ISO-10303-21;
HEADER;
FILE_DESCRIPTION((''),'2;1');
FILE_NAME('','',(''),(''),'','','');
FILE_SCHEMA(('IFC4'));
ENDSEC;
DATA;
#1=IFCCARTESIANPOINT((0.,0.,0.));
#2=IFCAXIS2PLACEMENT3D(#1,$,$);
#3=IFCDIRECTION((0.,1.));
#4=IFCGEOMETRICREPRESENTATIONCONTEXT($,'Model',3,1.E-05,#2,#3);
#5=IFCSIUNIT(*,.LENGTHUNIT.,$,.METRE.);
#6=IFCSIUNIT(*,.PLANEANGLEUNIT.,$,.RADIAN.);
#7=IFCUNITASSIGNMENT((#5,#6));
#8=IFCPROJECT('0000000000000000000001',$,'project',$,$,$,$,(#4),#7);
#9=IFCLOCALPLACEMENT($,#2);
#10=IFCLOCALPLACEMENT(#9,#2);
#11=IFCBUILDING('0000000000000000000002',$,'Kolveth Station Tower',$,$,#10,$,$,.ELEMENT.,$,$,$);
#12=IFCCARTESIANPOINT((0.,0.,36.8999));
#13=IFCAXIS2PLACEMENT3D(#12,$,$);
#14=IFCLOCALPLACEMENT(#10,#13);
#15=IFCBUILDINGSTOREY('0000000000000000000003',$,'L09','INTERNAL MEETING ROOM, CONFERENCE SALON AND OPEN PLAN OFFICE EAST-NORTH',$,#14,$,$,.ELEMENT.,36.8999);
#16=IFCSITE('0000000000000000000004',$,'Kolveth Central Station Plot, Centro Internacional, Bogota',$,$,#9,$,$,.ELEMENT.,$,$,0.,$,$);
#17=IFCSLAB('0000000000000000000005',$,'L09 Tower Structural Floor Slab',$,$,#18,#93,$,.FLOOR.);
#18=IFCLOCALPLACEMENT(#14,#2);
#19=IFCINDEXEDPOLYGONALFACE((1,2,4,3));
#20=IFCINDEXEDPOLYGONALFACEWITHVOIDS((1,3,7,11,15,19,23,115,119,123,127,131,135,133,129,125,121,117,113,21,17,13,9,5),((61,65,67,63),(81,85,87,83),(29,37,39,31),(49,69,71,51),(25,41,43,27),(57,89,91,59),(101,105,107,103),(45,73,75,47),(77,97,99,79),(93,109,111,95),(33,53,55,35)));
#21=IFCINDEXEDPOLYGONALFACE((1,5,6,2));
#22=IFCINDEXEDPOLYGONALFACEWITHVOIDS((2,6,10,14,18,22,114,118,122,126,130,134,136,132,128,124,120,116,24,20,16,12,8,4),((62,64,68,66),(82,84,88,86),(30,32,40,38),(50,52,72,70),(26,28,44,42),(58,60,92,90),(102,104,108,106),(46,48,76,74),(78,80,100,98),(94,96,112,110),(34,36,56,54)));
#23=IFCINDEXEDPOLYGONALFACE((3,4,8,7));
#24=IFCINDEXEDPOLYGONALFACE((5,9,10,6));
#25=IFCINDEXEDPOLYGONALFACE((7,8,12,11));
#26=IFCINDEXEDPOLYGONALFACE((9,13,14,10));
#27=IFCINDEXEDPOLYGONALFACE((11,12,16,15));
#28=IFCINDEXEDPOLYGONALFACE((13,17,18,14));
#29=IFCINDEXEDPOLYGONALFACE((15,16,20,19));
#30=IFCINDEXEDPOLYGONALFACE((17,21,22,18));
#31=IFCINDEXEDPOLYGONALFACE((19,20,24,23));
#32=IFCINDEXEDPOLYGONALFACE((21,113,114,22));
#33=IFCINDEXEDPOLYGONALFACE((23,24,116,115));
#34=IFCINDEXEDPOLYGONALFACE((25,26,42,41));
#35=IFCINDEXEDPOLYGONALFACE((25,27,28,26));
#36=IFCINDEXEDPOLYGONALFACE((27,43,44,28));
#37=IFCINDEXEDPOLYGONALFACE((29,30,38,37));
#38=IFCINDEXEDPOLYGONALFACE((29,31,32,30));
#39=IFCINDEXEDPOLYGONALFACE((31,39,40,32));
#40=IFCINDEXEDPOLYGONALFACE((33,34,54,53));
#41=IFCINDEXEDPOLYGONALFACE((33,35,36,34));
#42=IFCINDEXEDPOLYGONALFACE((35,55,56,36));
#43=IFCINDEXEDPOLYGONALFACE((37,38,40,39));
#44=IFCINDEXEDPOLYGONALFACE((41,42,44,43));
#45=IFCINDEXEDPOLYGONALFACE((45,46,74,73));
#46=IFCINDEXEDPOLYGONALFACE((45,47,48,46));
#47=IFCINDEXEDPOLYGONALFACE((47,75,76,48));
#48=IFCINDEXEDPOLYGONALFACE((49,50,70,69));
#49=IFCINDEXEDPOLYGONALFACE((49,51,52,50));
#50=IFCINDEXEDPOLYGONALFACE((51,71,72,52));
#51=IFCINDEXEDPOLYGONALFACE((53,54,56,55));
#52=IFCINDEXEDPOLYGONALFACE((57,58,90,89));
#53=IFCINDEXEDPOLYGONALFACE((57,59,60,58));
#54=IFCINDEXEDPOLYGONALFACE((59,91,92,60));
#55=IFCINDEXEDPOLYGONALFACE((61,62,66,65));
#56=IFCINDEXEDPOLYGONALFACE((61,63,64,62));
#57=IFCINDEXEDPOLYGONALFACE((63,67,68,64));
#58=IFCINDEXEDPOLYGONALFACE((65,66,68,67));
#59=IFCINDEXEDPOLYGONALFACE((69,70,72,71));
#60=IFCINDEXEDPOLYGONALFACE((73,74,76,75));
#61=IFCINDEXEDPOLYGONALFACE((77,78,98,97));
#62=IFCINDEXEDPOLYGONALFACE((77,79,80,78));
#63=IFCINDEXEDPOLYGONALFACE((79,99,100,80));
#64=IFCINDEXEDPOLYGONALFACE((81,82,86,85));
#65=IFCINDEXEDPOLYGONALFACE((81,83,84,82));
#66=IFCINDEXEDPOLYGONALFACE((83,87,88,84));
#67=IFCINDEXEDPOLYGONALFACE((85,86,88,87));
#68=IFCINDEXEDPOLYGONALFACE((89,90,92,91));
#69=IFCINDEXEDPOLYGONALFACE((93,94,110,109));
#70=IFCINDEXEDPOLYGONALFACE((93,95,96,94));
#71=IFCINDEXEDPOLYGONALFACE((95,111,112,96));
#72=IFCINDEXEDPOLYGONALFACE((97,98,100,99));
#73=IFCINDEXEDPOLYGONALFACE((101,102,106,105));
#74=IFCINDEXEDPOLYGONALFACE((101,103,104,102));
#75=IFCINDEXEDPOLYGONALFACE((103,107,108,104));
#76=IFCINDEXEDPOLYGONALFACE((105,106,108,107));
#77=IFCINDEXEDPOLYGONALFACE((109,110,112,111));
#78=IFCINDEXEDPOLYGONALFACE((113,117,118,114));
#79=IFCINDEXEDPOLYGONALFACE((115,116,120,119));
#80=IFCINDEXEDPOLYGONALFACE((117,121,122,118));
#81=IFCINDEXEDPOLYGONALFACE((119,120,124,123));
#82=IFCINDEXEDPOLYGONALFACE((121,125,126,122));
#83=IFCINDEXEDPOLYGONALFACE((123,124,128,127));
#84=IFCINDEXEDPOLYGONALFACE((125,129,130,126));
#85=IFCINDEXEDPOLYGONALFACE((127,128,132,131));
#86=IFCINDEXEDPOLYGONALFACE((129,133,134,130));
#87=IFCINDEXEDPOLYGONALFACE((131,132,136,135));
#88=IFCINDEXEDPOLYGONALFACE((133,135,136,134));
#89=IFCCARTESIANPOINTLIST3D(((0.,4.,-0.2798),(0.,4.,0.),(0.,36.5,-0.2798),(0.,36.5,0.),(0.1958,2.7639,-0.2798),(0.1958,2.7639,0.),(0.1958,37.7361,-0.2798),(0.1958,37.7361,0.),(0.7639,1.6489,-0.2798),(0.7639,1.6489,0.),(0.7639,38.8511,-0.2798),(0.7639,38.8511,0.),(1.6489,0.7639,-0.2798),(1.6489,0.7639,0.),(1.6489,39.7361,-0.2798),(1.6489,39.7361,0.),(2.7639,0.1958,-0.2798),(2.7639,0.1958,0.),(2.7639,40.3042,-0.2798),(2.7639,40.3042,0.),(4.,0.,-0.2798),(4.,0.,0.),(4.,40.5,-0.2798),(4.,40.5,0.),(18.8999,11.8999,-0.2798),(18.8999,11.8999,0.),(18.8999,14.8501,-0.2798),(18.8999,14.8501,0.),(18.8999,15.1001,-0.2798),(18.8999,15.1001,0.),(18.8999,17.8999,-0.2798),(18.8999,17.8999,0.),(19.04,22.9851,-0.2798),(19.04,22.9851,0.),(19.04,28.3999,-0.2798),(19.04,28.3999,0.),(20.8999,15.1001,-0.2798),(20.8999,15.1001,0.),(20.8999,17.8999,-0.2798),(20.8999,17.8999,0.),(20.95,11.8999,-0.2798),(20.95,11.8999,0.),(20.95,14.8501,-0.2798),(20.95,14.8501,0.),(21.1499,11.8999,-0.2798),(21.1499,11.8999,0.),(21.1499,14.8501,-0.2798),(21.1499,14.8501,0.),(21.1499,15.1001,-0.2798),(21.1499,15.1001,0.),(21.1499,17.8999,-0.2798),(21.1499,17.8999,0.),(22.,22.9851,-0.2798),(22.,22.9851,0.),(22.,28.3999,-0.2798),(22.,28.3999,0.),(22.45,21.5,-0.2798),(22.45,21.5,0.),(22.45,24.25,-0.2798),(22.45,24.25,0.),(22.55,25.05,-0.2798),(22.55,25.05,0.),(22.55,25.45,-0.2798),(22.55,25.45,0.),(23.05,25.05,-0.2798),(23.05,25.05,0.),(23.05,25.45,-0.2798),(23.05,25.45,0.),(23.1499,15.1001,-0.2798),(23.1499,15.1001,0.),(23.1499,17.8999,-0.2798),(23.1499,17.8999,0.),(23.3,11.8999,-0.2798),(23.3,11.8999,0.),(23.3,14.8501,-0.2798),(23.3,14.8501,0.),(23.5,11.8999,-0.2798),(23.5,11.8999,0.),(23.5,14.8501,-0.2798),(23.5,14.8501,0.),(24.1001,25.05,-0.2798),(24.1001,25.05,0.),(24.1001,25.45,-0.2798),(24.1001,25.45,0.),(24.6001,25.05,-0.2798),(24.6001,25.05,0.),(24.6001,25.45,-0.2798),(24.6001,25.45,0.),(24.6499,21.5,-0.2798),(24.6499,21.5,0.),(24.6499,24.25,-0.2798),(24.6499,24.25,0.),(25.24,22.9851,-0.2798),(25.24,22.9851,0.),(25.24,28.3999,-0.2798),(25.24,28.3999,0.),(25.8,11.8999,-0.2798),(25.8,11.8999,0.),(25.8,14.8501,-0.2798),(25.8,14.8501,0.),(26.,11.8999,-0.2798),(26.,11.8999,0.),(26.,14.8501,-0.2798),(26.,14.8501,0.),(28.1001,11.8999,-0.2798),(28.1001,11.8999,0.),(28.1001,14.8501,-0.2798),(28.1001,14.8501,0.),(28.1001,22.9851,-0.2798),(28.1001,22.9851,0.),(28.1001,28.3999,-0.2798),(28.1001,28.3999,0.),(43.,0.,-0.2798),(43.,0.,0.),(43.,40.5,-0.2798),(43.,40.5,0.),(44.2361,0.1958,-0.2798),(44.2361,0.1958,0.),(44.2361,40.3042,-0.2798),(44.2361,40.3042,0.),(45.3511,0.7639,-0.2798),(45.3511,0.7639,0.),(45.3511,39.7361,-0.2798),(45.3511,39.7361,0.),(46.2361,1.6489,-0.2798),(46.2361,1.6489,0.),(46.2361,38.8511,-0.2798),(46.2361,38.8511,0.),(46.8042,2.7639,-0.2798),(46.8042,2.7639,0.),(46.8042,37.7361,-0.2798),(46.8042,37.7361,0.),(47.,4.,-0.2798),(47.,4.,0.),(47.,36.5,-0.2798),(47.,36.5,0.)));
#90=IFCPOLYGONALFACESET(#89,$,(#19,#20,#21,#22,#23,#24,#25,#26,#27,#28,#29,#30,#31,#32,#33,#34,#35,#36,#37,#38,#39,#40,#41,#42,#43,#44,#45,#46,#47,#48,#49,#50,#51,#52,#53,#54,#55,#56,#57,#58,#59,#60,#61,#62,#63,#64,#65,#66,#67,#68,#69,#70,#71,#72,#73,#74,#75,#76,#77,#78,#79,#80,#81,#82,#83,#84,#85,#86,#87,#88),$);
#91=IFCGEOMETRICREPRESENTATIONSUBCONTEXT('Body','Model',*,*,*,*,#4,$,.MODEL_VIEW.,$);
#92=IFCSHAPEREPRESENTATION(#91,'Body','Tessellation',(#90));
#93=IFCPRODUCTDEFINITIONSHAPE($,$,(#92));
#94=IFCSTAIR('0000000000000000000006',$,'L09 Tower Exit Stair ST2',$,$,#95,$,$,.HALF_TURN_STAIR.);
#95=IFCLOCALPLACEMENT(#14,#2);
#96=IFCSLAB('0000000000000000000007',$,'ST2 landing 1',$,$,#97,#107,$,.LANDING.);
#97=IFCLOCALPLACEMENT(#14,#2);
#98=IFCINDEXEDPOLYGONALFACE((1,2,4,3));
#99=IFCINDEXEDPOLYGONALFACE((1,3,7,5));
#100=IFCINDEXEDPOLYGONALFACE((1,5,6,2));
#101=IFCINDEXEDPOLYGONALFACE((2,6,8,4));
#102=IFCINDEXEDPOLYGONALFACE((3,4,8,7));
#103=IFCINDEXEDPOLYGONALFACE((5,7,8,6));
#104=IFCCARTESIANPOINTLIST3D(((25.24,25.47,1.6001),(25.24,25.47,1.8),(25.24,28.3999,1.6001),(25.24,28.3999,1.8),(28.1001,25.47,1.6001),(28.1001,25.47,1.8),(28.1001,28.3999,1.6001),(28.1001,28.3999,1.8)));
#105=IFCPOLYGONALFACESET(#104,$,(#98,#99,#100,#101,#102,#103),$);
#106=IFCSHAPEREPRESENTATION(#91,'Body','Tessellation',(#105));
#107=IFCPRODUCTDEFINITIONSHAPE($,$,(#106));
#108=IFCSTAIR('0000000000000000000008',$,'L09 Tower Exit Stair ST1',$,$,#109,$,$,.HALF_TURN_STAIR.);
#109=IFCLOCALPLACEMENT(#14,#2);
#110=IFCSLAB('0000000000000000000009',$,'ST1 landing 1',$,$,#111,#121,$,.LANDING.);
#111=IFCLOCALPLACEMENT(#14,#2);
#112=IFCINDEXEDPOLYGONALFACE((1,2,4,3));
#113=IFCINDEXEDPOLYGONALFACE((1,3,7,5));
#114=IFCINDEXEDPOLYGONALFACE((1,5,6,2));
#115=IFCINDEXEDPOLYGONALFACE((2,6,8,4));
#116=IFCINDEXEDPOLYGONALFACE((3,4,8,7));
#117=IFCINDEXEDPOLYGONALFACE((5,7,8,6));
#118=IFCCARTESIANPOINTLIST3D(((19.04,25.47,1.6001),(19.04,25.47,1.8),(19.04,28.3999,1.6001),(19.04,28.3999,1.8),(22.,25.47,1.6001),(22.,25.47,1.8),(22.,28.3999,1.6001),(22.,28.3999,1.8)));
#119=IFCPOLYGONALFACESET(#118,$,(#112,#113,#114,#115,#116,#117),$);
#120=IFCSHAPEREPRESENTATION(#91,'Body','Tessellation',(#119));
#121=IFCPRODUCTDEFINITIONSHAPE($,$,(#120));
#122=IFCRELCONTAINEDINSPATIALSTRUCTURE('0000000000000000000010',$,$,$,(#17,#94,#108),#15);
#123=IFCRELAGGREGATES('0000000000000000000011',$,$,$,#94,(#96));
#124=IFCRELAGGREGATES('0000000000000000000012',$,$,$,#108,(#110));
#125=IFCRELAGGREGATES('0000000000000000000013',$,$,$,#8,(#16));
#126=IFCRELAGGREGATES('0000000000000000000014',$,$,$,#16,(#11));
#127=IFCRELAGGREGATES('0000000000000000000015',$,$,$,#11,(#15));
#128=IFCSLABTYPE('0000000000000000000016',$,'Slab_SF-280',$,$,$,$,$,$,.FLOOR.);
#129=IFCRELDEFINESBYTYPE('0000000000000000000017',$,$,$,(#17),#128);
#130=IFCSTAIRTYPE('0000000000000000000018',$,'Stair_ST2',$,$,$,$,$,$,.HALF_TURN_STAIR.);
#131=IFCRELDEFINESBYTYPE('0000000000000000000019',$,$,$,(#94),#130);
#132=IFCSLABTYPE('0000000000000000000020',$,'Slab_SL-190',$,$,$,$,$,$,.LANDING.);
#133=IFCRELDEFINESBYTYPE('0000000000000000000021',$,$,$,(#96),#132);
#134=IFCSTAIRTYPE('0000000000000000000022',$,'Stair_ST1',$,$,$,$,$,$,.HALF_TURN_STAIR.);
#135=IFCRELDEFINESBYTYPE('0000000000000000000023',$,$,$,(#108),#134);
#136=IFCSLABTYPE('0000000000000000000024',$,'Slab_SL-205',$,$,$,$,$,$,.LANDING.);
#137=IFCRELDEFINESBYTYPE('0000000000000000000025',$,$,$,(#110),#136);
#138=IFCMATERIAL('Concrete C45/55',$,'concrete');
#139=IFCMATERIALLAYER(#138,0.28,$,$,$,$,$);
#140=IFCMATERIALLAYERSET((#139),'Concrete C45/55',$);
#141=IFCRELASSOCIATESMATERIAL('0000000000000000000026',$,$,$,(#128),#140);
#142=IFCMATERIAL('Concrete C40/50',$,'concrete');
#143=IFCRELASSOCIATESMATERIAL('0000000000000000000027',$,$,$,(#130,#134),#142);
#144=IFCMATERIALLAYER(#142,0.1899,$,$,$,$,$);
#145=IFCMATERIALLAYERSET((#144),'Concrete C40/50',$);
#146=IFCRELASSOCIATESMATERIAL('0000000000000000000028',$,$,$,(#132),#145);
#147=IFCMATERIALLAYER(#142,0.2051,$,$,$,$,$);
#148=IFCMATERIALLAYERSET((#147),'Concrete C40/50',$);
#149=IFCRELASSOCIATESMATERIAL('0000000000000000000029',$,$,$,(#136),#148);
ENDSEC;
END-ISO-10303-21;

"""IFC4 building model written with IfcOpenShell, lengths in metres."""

from ifc_helpers import new_model, si_unit, direction, frame, origin, place, context, subcontext, project, spatial, polyline, outline, extrude, material, layer, layer_set, type_object, element, aggregate, save


model = new_model("IFC4")

# Units and contexts
model_context = context("Model", 3, precision=1e-05, world=origin(), true_north=direction((0.0, 1.0)))
body_context = subcontext(model_context, "Body", "Model", "MODEL_VIEW")
ifc_project = project(units=[si_unit("LENGTHUNIT", "METRE"), si_unit("PLANEANGLEUNIT", "RADIAN")], contexts=[model_context])

# Site, building, storey
site_placement = place(None, origin())
site = spatial("IfcSite", under=ifc_project, at=site_placement, Name="Kolveth Central Station Plot, Centro Internacional, Bogota", CompositionType="ELEMENT", RefElevation=0.0)
building_placement = place(site_placement, origin())
building = spatial("IfcBuilding", under=site, at=building_placement, Name="Kolveth Station Tower", CompositionType="ELEMENT")
storey_placement = place(building_placement, frame((0.0, 0.0, 36.8999)))
storey = spatial("IfcBuildingStorey", under=building, at=storey_placement, Name="L09", Description="INTERNAL MEETING ROOM, CONFERENCE SALON AND OPEN PLAN OFFICE EAST-NORTH", CompositionType="ELEMENT", Elevation=36.8999)

# Slab
ifc_material_1 = material(Name="Concrete C45/55", Category="concrete")
ifc_layer_1 = layer(ifc_material_1, 0.28)
ifc_layer_set_1 = layer_set([ifc_layer_1], Name="Concrete C45/55")
slab_type_1 = type_object("IfcSlabType", Name="Slab_SF-280", PredefinedType="FLOOR", material=ifc_layer_set_1)
slab_1_placement = place(storey_placement, frame((0.0, 0.0, -0.2798)))
element("IfcSlab", 1, at=slab_1_placement, inside=storey, type_object=slab_type_1, Name="L09 Tower Structural Floor Slab", PredefinedType="FLOOR", context=body_context, shape_type="SweptSolid", body=[
    extrude(outline(polyline([(43.0, 0.0), (44.2361, 0.1958), (45.3511, 0.7639), (46.2361, 1.6489), (46.8042, 2.7639), (47.0, 4.0), (47.0, 36.5), (46.8042, 37.7361), (46.2361, 38.8511), (45.3511, 39.7361), (44.2361, 40.3042), (43.0, 40.5), (4.0, 40.5), (2.7639, 40.3042), (1.6489, 39.7361), (0.7639, 38.8511), (0.1958, 37.7361), (0.0, 36.5), (0.0, 4.0), (0.1958, 2.7639), (0.7639, 1.6489), (1.6489, 0.7639), (2.7639, 0.1958), (4.0, 0.0), (43.0, 0.0)]), holes=[polyline([(19.04, 22.9851), (22.0, 22.9851), (22.0, 28.3999), (19.04, 28.3999), (19.04, 22.9851)]), polyline([(25.24, 22.9851), (28.1001, 22.9851), (28.1001, 28.3999), (25.24, 28.3999), (25.24, 22.9851)]), polyline([(18.8999, 15.1001), (20.8999, 15.1001), (20.8999, 17.8999), (18.8999, 17.8999), (18.8999, 15.1001)]), polyline([(21.1499, 15.1001), (23.1499, 15.1001), (23.1499, 17.8999), (21.1499, 17.8999), (21.1499, 15.1001)]), polyline([(22.45, 21.5), (24.6499, 21.5), (24.6499, 24.25), (22.45, 24.25), (22.45, 21.5)]), polyline([(18.8999, 11.8999), (20.95, 11.8999), (20.95, 14.8501), (18.8999, 14.8501), (18.8999, 11.8999)]), polyline([(21.1499, 11.8999), (23.3, 11.8999), (23.3, 14.8501), (21.1499, 14.8501), (21.1499, 11.8999)]), polyline([(23.5, 11.8999), (25.8, 11.8999), (25.8, 14.8501), (23.5, 14.8501), (23.5, 11.8999)]), polyline([(26.0, 11.8999), (28.1001, 11.8999), (28.1001, 14.8501), (26.0, 14.8501), (26.0, 11.8999)]), polyline([(22.55, 25.05), (23.05, 25.05), (23.05, 25.45), (22.55, 25.45), (22.55, 25.05)]), polyline([(24.1001, 25.05), (24.6001, 25.05), (24.6001, 25.45), (24.1001, 25.45), (24.1001, 25.05)])]), origin(), (0.0, 0.0, 1.0), 0.2798),
])

# Stairs, slabs
ifc_material_2 = material(Name="Concrete C40/50", Category="concrete")
stair_type_1 = type_object("IfcStairType", Name="Stair_ST2", PredefinedType="HALF_TURN_STAIR", material=ifc_material_2)
stair_1_placement = place(storey_placement, origin())
stair_1 = element("IfcStair", 2, at=stair_1_placement, inside=storey, type_object=stair_type_1, Name="L09 Tower Exit Stair ST2", PredefinedType="HALF_TURN_STAIR")
ifc_layer_2 = layer(ifc_material_2, 0.1899)
ifc_layer_set_2 = layer_set([ifc_layer_2], Name="Concrete C40/50")
slab_type_2 = type_object("IfcSlabType", Name="Slab_SL-190", PredefinedType="LANDING", material=ifc_layer_set_2)
slab_2_placement = place(storey_placement, frame((0.0, 0.0, 1.6001)))
slab_2 = element("IfcSlab", 3, at=slab_2_placement, type_object=slab_type_2, Name="ST2 landing 1", PredefinedType="LANDING", context=body_context, shape_type="SweptSolid", body=[
    extrude(outline(polyline([(28.1001, 25.47), (28.1001, 28.3999), (25.24, 28.3999), (25.24, 25.47), (28.1001, 25.47)])), origin(), (0.0, 0.0, 1.0), 0.2),
])
aggregate(stair_1, [slab_2])
stair_type_2 = type_object("IfcStairType", Name="Stair_ST1", PredefinedType="HALF_TURN_STAIR", material=ifc_material_2)
stair_2_placement = place(storey_placement, origin())
stair_2 = element("IfcStair", 4, at=stair_2_placement, inside=storey, type_object=stair_type_2, Name="L09 Tower Exit Stair ST1", PredefinedType="HALF_TURN_STAIR")
ifc_layer_3 = layer(ifc_material_2, 0.2051)
ifc_layer_set_3 = layer_set([ifc_layer_3], Name="Concrete C40/50")
slab_type_3 = type_object("IfcSlabType", Name="Slab_SL-205", PredefinedType="LANDING", material=ifc_layer_set_3)
slab_3_placement = place(storey_placement, frame((0.0, 0.0, 1.6001)))
slab_3 = element("IfcSlab", 5, at=slab_3_placement, type_object=slab_type_3, Name="ST1 landing 1", PredefinedType="LANDING", context=body_context, shape_type="SweptSolid", body=[
    extrude(outline(polyline([(22.0, 25.47), (22.0, 28.3999), (19.04, 28.3999), (19.04, 25.47), (22.0, 25.47)])), origin(), (0.0, 0.0, 1.0), 0.2),
])
aggregate(stair_2, [slab_3])

save(model, "model.ifc")
